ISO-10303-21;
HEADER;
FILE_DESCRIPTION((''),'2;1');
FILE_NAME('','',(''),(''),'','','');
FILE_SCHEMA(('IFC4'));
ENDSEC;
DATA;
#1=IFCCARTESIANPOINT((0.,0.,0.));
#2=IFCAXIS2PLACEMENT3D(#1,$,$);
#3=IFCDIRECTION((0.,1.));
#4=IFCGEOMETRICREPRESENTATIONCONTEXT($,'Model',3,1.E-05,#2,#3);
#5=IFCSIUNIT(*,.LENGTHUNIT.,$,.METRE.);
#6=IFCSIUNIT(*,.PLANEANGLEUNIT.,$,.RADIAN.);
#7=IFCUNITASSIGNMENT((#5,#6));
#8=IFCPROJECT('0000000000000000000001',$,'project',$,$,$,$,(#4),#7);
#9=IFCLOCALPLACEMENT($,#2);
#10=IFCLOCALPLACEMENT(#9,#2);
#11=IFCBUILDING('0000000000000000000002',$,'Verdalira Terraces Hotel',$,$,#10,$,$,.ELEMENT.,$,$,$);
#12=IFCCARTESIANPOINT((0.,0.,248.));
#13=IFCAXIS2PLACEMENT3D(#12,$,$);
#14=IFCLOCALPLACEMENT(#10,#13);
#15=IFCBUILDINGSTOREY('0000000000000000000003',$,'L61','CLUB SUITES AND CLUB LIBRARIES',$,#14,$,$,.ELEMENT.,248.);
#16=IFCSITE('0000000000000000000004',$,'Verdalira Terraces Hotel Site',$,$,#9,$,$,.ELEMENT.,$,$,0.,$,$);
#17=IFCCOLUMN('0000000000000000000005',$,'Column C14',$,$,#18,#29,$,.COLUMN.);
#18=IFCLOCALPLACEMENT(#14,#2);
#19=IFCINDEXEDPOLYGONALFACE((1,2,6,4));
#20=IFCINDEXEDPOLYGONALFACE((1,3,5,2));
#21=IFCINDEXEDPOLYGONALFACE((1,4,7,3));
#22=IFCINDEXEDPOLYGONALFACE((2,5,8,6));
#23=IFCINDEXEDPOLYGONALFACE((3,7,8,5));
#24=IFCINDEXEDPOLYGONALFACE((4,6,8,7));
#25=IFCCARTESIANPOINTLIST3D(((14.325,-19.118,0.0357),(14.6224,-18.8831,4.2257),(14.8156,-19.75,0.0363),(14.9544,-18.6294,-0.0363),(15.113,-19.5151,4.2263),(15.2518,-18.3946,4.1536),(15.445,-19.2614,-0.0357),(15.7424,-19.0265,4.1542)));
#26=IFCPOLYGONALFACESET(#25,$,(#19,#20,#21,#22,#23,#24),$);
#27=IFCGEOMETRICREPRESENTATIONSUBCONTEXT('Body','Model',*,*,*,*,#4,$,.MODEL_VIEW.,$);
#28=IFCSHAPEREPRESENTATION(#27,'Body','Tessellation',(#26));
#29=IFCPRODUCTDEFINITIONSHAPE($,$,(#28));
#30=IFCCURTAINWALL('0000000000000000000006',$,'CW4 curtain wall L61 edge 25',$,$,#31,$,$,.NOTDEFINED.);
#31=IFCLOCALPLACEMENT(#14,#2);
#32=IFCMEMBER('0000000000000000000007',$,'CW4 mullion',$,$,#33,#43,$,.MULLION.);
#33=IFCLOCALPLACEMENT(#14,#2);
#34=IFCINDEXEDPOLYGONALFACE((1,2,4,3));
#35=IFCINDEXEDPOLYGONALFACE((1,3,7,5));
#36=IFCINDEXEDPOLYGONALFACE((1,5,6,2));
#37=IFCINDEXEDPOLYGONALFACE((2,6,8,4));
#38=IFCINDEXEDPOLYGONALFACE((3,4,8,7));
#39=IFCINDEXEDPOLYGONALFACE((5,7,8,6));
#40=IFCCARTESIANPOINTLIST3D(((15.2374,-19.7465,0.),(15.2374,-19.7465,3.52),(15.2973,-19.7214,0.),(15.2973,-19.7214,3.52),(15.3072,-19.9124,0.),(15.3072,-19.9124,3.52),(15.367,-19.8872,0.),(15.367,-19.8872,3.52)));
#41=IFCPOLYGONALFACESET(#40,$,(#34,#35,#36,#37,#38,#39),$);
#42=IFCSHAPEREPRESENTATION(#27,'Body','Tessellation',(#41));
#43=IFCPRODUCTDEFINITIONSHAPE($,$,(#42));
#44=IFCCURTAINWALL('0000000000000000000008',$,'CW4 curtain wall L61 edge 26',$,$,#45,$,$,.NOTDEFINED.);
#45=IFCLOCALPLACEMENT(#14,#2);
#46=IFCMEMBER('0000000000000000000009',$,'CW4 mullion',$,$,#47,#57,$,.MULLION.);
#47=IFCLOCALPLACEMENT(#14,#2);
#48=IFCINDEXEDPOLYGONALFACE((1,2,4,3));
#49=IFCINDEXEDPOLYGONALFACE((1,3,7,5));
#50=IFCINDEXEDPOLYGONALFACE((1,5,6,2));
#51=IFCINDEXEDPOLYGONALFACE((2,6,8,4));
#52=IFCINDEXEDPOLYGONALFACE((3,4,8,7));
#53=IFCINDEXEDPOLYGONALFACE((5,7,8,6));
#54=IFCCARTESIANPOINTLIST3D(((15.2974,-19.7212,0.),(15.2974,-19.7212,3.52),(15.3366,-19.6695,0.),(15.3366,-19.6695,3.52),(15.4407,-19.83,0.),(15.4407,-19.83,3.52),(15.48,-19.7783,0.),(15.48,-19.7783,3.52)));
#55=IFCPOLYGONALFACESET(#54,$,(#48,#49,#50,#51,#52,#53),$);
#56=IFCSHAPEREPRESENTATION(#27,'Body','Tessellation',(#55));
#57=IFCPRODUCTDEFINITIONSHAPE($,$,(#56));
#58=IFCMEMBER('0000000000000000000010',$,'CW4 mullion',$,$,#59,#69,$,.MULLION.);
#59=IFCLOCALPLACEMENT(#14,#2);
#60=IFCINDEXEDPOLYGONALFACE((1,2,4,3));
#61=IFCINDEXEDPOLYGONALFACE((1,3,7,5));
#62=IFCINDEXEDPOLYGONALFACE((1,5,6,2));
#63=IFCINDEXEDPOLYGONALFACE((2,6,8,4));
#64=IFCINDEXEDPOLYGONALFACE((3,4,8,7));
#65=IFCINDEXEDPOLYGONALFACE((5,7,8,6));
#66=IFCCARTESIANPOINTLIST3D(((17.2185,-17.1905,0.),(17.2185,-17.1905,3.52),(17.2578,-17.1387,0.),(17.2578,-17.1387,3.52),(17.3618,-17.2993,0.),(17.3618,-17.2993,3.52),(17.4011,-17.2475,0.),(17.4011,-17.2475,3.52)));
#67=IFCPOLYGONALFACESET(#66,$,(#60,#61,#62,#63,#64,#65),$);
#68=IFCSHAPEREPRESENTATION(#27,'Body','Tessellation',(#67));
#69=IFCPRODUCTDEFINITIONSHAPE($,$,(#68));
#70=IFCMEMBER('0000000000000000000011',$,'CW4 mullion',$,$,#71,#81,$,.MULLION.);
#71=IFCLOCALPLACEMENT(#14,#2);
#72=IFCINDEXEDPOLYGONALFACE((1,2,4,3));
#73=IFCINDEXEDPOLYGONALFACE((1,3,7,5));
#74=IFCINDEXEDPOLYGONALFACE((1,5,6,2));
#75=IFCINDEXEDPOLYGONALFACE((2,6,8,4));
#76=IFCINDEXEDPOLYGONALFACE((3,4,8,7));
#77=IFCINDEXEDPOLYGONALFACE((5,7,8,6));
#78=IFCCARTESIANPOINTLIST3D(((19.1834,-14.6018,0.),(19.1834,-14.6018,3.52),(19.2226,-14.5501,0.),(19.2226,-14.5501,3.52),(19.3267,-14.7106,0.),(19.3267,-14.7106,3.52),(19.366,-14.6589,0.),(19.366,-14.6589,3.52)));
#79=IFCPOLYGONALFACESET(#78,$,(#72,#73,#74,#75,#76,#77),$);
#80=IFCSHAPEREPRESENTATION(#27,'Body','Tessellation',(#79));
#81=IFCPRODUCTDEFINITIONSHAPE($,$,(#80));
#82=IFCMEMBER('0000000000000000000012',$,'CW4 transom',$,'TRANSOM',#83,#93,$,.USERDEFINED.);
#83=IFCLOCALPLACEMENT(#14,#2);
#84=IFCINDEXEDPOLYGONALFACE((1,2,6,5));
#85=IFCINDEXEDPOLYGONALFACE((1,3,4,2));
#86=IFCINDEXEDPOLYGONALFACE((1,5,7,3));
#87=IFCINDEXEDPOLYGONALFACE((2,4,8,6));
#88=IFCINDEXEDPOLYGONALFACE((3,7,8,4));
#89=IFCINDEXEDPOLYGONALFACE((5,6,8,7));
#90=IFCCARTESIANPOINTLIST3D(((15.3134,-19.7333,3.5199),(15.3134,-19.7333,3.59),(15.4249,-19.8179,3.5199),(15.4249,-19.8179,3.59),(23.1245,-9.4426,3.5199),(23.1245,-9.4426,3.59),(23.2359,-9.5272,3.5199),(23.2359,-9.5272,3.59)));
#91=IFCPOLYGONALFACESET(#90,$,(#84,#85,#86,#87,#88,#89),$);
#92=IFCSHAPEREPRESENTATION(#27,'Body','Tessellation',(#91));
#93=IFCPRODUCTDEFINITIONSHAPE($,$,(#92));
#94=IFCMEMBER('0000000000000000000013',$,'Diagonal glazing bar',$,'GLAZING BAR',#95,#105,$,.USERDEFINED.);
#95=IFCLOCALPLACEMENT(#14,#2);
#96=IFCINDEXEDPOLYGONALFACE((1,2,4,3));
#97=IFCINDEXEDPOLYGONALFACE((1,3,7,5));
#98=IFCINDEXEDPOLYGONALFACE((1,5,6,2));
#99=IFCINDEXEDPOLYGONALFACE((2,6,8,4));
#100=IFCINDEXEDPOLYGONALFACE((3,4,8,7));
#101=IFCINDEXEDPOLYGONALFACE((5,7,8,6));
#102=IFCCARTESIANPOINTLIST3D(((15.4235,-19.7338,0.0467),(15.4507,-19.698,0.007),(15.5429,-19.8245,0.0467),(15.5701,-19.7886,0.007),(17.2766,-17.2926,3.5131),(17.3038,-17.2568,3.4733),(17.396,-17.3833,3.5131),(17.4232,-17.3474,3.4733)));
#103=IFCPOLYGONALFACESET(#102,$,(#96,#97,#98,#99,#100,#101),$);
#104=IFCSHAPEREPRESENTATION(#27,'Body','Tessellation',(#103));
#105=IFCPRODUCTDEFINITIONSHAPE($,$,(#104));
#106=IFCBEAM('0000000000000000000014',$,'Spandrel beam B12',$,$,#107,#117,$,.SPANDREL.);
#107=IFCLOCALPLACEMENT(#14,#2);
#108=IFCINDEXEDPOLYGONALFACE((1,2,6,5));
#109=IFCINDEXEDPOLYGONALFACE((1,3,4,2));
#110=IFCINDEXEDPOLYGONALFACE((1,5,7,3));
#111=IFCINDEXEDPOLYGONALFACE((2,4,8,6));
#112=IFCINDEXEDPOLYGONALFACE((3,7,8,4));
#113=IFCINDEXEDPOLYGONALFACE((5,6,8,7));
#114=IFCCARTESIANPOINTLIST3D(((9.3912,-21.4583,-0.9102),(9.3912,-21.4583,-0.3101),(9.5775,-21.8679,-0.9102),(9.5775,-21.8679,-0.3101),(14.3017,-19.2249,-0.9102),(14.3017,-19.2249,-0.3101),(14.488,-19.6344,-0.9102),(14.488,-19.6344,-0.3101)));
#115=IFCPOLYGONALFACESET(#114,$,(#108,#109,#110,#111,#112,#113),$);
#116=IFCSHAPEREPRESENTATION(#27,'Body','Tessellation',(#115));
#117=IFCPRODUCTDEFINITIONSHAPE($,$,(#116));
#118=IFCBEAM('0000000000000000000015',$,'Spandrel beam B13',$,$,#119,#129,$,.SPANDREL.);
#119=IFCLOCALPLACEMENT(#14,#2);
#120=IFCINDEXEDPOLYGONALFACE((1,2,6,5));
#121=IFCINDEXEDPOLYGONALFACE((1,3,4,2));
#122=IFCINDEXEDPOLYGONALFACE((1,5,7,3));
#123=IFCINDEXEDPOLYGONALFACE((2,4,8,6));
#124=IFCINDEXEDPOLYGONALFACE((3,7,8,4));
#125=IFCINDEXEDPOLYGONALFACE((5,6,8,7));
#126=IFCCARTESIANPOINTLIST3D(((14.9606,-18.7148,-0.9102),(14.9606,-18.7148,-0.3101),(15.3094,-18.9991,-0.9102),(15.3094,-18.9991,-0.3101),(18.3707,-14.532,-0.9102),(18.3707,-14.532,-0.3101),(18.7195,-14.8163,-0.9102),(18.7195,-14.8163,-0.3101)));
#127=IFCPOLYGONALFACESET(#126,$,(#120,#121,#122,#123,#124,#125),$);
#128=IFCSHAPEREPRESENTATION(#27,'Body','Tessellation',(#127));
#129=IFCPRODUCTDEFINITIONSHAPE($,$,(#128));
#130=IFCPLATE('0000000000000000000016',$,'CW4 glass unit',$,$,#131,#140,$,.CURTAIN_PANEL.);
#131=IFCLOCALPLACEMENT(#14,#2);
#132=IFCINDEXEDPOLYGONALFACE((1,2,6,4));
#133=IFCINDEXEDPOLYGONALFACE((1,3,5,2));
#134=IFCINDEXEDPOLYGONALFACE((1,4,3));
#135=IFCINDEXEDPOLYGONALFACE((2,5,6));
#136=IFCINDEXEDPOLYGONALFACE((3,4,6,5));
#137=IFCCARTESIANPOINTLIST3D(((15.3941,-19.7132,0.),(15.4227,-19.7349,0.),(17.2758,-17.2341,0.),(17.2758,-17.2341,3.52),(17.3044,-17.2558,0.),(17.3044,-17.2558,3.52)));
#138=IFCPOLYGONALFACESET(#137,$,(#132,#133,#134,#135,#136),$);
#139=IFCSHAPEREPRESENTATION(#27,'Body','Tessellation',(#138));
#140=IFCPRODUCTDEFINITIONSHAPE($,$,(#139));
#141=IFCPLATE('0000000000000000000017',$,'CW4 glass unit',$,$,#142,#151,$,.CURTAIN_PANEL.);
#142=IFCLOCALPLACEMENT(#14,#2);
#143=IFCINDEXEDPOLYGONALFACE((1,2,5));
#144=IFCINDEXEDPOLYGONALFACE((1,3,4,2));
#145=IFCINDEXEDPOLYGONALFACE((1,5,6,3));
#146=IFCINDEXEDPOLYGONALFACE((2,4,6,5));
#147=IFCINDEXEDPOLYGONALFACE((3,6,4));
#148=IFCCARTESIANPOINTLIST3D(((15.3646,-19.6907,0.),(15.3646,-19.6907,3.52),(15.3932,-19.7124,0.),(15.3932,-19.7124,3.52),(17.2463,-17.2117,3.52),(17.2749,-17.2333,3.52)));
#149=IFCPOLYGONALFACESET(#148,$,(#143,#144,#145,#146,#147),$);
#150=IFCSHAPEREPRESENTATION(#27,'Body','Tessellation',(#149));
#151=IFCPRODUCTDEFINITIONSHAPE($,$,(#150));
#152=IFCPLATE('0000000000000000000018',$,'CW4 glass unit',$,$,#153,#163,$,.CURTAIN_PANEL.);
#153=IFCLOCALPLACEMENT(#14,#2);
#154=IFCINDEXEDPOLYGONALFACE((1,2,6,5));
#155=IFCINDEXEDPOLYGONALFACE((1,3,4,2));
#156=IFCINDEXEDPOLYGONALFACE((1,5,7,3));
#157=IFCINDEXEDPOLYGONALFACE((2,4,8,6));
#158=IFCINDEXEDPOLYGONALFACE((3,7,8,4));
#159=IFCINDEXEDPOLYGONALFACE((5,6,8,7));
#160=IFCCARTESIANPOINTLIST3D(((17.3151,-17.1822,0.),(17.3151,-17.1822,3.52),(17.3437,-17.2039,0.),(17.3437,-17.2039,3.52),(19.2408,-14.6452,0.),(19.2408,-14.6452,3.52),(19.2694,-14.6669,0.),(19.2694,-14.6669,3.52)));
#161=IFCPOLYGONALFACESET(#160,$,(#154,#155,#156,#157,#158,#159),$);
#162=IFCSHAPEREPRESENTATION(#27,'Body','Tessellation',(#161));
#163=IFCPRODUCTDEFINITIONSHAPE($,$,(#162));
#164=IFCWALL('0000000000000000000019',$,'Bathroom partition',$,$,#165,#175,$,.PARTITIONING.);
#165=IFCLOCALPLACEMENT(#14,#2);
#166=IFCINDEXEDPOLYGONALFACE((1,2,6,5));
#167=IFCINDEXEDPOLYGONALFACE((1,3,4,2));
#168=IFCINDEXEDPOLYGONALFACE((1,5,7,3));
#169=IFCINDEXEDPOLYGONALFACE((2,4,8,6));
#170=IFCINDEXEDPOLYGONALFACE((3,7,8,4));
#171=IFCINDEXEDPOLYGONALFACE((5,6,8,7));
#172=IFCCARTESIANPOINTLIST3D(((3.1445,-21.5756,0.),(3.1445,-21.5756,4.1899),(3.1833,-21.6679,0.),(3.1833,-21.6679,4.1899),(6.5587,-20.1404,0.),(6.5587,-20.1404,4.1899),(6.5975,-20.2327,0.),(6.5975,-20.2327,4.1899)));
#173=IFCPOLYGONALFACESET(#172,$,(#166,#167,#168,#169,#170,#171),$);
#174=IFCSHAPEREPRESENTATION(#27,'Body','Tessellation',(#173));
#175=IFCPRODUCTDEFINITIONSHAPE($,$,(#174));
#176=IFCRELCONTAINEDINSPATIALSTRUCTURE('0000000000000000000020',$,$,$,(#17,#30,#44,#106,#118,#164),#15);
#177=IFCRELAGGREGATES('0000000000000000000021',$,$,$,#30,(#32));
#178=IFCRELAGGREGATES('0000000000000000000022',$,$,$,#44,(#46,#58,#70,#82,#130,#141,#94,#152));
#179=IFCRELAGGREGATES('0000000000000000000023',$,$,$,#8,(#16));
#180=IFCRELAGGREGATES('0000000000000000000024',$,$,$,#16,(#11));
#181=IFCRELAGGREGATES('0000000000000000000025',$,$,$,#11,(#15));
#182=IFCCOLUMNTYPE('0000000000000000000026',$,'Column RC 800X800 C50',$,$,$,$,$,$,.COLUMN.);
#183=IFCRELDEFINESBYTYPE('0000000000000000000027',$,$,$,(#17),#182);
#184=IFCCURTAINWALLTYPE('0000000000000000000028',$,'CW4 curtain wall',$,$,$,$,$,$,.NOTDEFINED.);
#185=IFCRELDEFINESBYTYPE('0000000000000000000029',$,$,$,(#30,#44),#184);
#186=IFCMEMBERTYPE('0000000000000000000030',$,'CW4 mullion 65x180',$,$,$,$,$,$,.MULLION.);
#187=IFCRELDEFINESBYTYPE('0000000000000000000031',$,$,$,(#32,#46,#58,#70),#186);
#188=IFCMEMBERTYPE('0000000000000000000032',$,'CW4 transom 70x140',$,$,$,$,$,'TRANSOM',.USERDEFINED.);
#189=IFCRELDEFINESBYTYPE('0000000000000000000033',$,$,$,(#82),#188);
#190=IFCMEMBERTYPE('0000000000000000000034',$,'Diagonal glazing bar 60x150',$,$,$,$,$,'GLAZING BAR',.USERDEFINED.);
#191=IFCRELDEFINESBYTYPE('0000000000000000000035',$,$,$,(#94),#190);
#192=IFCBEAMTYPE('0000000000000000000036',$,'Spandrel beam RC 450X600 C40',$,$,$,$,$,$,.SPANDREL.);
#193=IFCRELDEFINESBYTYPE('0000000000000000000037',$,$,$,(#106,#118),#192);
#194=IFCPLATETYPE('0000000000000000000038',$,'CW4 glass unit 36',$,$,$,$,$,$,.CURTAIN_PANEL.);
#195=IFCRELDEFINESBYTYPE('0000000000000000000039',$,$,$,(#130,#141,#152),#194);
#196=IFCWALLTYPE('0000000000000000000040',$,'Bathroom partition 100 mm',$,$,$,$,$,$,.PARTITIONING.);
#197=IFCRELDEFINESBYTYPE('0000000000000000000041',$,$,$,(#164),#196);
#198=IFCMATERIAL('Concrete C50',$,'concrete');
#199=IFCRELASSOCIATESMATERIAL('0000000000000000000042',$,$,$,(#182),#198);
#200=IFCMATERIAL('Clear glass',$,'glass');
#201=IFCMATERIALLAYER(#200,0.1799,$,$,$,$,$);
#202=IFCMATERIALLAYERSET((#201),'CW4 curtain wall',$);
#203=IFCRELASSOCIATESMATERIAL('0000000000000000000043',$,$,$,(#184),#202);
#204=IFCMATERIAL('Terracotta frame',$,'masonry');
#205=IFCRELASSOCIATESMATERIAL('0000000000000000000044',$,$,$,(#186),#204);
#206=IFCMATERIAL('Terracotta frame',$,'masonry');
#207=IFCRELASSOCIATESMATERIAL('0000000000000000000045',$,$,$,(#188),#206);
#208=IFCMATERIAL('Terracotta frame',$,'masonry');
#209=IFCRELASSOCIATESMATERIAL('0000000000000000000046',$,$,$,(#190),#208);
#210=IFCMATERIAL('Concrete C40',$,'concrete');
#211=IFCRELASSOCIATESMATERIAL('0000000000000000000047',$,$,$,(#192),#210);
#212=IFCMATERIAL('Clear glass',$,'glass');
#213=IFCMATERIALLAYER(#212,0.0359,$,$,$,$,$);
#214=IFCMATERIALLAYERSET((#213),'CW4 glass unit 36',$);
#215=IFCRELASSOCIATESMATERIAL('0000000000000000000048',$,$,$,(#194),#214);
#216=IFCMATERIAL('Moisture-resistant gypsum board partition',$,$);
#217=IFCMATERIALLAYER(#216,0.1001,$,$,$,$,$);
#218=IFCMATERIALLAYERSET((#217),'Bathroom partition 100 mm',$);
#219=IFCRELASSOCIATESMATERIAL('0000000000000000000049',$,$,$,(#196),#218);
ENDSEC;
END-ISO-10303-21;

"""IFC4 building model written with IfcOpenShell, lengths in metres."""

from ifc_helpers import new_model, si_unit, direction, frame, frame_2d, origin, origin_2d, place, context, subcontext, project, spatial, polyline, rectangle, outline, extrude, material, layer, layer_set, material_profile, profile_set, type_object, element, aggregate, save


model = new_model("IFC4")

# Units and contexts
model_context = context("Model", 3, precision=1e-05, world=origin(), true_north=direction((0.0, 1.0)))
body_context = subcontext(model_context, "Body", "Model", "MODEL_VIEW")
ifc_project = project(units=[si_unit("LENGTHUNIT", "METRE"), si_unit("PLANEANGLEUNIT", "RADIAN")], contexts=[model_context])

# Site, building, storey
site_placement = place(None, origin())
site = spatial("IfcSite", under=ifc_project, at=site_placement, Name="Verdalira Terraces Hotel Site", CompositionType="ELEMENT", RefElevation=0.0)
building_placement = place(site_placement, origin())
building = spatial("IfcBuilding", under=site, at=building_placement, Name="Verdalira Terraces Hotel", CompositionType="ELEMENT")
storey_placement = place(building_placement, frame((0.0, 0.0, 248.0)))
storey = spatial("IfcBuildingStorey", under=building, at=storey_placement, Name="L61", Description="CLUB SUITES AND CLUB LIBRARIES", CompositionType="ELEMENT", Elevation=248.0)

# Column
ifc_material_1 = material(Name="Concrete C50", Category="concrete")
ifc_material_profile_1 = material_profile(ifc_material_1, rectangle(XDim=0.8, YDim=0.8, at=origin_2d()), Name="RC 800X800")
ifc_profile_set_1 = profile_set([ifc_material_profile_1], Name="Concrete C50")
column_type = type_object("IfcColumnType", Name="Column RC 800X800 C50", PredefinedType="COLUMN", material=ifc_profile_set_1)
column_placement = place(storey_placement, frame((14.885, -19.1897, 0.0), z_axis=(0.070682, 0.055826, 0.995935), x_axis=(-0.786748, -0.610669, 0.090067)))
element("IfcColumn", 1, at=column_placement, inside=storey, type_object=column_type, Name="Column C14", PredefinedType="COLUMN", context=body_context, shape_type="SweptSolid", body=[
    extrude(rectangle(XDim=0.8, YDim=0.8, at=origin_2d()), origin(), (0.0, 0.0, 1.0), 4.207),
])

# Curtain wall, member
ifc_material_2 = material(Name="Clear glass", Category="glass")
ifc_layer_1 = layer(ifc_material_2, 0.1799)
ifc_layer_set_1 = layer_set([ifc_layer_1], Name="CW4 curtain wall")
curtain_wall_type = type_object("IfcCurtainWallType", Name="CW4 curtain wall", PredefinedType="NOTDEFINED", material=ifc_layer_set_1)
curtain_wall_1_placement = place(storey_placement, origin())
curtain_wall_1 = element("IfcCurtainWall", 2, at=curtain_wall_1_placement, inside=storey, type_object=curtain_wall_type, Name="CW4 curtain wall L61 edge 25", PredefinedType="NOTDEFINED")
ifc_material_3 = material(Name="Terracotta frame", Category="masonry")
ifc_material_profile_2 = material_profile(ifc_material_3, rectangle(XDim=0.0649, YDim=0.1799, at=origin_2d()), Name="MU 65x180")
ifc_profile_set_2 = profile_set([ifc_material_profile_2], Name="Terracotta frame")
member_type_1 = type_object("IfcMemberType", Name="CW4 mullion 65x180", PredefinedType="MULLION", material=ifc_profile_set_2)
member_1_placement = place(storey_placement, frame((15.3022, -19.8169, 0.0), z_axis=(0.0, 0.0, 1.0), x_axis=(0.921863, 0.387516, 0.0)))
member_1 = element("IfcMember", 3, at=member_1_placement, type_object=member_type_1, Name="CW4 mullion", PredefinedType="MULLION", context=body_context, shape_type="SweptSolid", body=[
    extrude(rectangle(XDim=0.0649, YDim=0.1799, at=origin_2d()), origin(), (0.0, 0.0, 1.0), 3.52),
])
aggregate(curtain_wall_1, [member_1])

# Curtain wall, members
curtain_wall_2_placement = place(storey_placement, origin())
curtain_wall_2 = element("IfcCurtainWall", 4, at=curtain_wall_2_placement, inside=storey, type_object=curtain_wall_type, Name="CW4 curtain wall L61 edge 26", PredefinedType="NOTDEFINED")
member_2_placement = place(storey_placement, frame((15.3887, -19.7498, 0.0), z_axis=(0.0, 0.0, 1.0), x_axis=(0.604599, 0.79653, 0.0)))
member_2 = element("IfcMember", 5, at=member_2_placement, type_object=member_type_1, Name="CW4 mullion", PredefinedType="MULLION", context=body_context, shape_type="SweptSolid", body=[
    extrude(rectangle(XDim=0.0649, YDim=0.1799, at=origin_2d()), origin(), (0.0, 0.0, 1.0), 3.52),
])
member_3_placement = place(storey_placement, frame((17.3098, -17.219, 0.0), z_axis=(0.0, 0.0, 1.0), x_axis=(0.604599, 0.79653, 0.0)))
member_3 = element("IfcMember", 6, at=member_3_placement, type_object=member_type_1, Name="CW4 mullion", PredefinedType="MULLION", context=body_context, shape_type="SweptSolid", body=[
    extrude(rectangle(XDim=0.0649, YDim=0.1799, at=origin_2d()), origin(), (0.0, 0.0, 1.0), 3.52),
])
member_4_placement = place(storey_placement, frame((19.2747, -14.6304, 0.0), z_axis=(0.0, 0.0, 1.0), x_axis=(0.604599, 0.79653, 0.0)))
member_4 = element("IfcMember", 7, at=member_4_placement, type_object=member_type_1, Name="CW4 mullion", PredefinedType="MULLION", context=body_context, shape_type="SweptSolid", body=[
    extrude(rectangle(XDim=0.0649, YDim=0.1799, at=origin_2d()), origin(), (0.0, 0.0, 1.0), 3.52),
])
ifc_material_4 = material(Name="Terracotta frame", Category="masonry")
ifc_material_profile_3 = material_profile(ifc_material_4, rectangle(XDim=0.1399, YDim=0.0701, at=origin_2d()), Name="TR 70x140")
ifc_profile_set_3 = profile_set([ifc_material_profile_3], Name="Terracotta frame")
member_type_2 = type_object("IfcMemberType", Name="CW4 transom 70x140", ElementType="TRANSOM", PredefinedType="USERDEFINED", material=ifc_profile_set_3)
member_5_placement = place(storey_placement, frame((15.3691, -19.7756, 3.5549), z_axis=(0.604595, 0.796533, 0.0), x_axis=(-0.796533, 0.604595, 0.0)))
member_5 = element("IfcMember", 8, at=member_5_placement, type_object=member_type_2, Name="CW4 transom", ObjectType="TRANSOM", PredefinedType="USERDEFINED", context=body_context, shape_type="SweptSolid", body=[
    extrude(rectangle(XDim=0.1399, YDim=0.0701, at=origin_2d()), origin(), (0.0, 0.0, 1.0), 12.9194),
])
ifc_material_5 = material(Name="Terracotta frame", Category="masonry")
ifc_material_profile_4 = material_profile(ifc_material_5, rectangle(XDim=0.1499, YDim=0.0601, at=origin_2d()), Name="GB 60x150")
ifc_profile_set_4 = profile_set([ifc_material_profile_4], Name="Terracotta frame")
member_type_3 = type_object("IfcMemberType", Name="Diagonal glazing bar 60x150", ElementType="GLAZING BAR", PredefinedType="USERDEFINED", material=ifc_profile_set_4)
member_6_placement = place(storey_placement, frame((15.4968, -19.7612, 0.0269), z_axis=(0.400489, 0.527601, 0.749163), x_axis=(-0.796517, 0.604617, 0.0)))
member_6 = element("IfcMember", 9, at=member_6_placement, type_object=member_type_3, Name="Diagonal glazing bar", ObjectType="GLAZING BAR", PredefinedType="USERDEFINED", context=body_context, shape_type="SweptSolid", body=[
    extrude(rectangle(XDim=0.1499, YDim=0.0601, at=origin_2d()), origin(), (0.0, 0.0, 1.0), 4.627),
])

# Beams
ifc_material_6 = material(Name="Concrete C40", Category="concrete")
ifc_material_profile_5 = material_profile(ifc_material_6, rectangle(XDim=0.45, YDim=0.6001, at=origin_2d()), Name="RC 450X600")
ifc_profile_set_5 = profile_set([ifc_material_profile_5], Name="Concrete C40")
beam_type = type_object("IfcBeamType", Name="Spandrel beam RC 450X600 C40", PredefinedType="SPANDREL", material=ifc_profile_set_5)
beam_1_placement = place(storey_placement, frame((9.4844, -21.6631, -0.6101), z_axis=(0.910269, 0.414018, 0.0), x_axis=(-0.414018, 0.910269, 0.0)))
element("IfcBeam", 10, at=beam_1_placement, inside=storey, type_object=beam_type, Name="Spandrel beam B12", PredefinedType="SPANDREL", context=body_context, shape_type="SweptSolid", body=[
    extrude(rectangle(XDim=0.45, YDim=0.6001, at=origin_2d()), origin(), (0.0, 0.0, 1.0), 5.3945),
])
beam_2_placement = place(storey_placement, frame((15.135, -18.8569, -0.6101), z_axis=(0.631884, 0.775063, 0.0), x_axis=(-0.775063, 0.631884, 0.0)))
element("IfcBeam", 11, at=beam_2_placement, inside=storey, type_object=beam_type, Name="Spandrel beam B13", PredefinedType="SPANDREL", context=body_context, shape_type="SweptSolid", body=[
    extrude(rectangle(XDim=0.45, YDim=0.6001, at=origin_2d()), origin(), (0.0, 0.0, 1.0), 5.3967),
])

# Plates
ifc_material_7 = material(Name="Clear glass", Category="glass")
ifc_layer_2 = layer(ifc_material_7, 0.0359)
ifc_layer_set_2 = layer_set([ifc_layer_2], Name="CW4 glass unit 36")
plate_type = type_object("IfcPlateType", Name="CW4 glass unit 36", PredefinedType="CURTAIN_PANEL", material=ifc_layer_set_2)
plate_1_placement = place(storey_placement, frame((16.335, -18.4736, 1.76), z_axis=(0.79653, -0.604599, 0.0), x_axis=(0.604599, 0.79653, 0.0)))
plate_1 = element("IfcPlate", 12, at=plate_1_placement, type_object=plate_type, Name="CW4 glass unit", PredefinedType="CURTAIN_PANEL", context=body_context, shape_type="SweptSolid", body=[
    extrude(outline(polyline([(-1.5562, -1.76), (1.5562, -1.76), (1.5562, 1.76), (-1.5562, -1.76)])), origin(), (0.0, 0.0, 1.0), 0.0359),
])
plate_2_placement = place(storey_placement, frame((16.3054, -18.4512, 1.76), z_axis=(0.79653, -0.604599, 0.0), x_axis=(0.604599, 0.79653, 0.0)))
plate_2 = element("IfcPlate", 13, at=plate_2_placement, type_object=plate_type, Name="CW4 glass unit", PredefinedType="CURTAIN_PANEL", context=body_context, shape_type="SweptSolid", body=[
    extrude(outline(polyline([(-1.5562, -1.76), (1.5562, 1.76), (-1.5562, 1.76), (-1.5562, -1.76)])), origin(), (0.0, 0.0, 1.0), 0.0359),
])
plate_3_placement = place(storey_placement, frame((18.2922, -15.9246, 0.0), z_axis=(0.0, 0.0, 1.0), x_axis=(0.604599, 0.79653, 0.0)))
plate_3 = element("IfcPlate", 14, at=plate_3_placement, type_object=plate_type, Name="CW4 glass unit", PredefinedType="CURTAIN_PANEL", context=body_context, shape_type="SweptSolid", body=[
    extrude(rectangle(XDim=3.1851, YDim=0.0359, at=origin_2d()), origin(), (0.0, 0.0, 1.0), 3.52),
])
aggregate(curtain_wall_2, [member_2, member_3, member_4, member_5, plate_1, plate_2, member_6, plate_3])

# Wall
ifc_material_8 = material(Name="Moisture-resistant gypsum board partition")
ifc_layer_3 = layer(ifc_material_8, 0.1001)
ifc_layer_set_3 = layer_set([ifc_layer_3], Name="Bathroom partition 100 mm")
wall_type_1 = type_object("IfcWallType", Name="Bathroom partition 100 mm", PredefinedType="PARTITIONING", material=ifc_layer_set_3)
wall_1_placement = place(storey_placement, frame((6.5781, -20.1865, 0.0), z_axis=(0.0, 0.0, 1.0), x_axis=(-0.921857, -0.387529, 0.0)))
element("IfcWall", 15, at=wall_1_placement, inside=storey, type_object=wall_type_1, Name="Bathroom partition", PredefinedType="PARTITIONING", context=body_context, shape_type="SweptSolid", body=[
    extrude(rectangle(XDim=3.7036, YDim=0.1001, at=frame_2d((1.8518, 0.0))), origin(), (0.0, 0.0, 1.0), 4.1899),
])

save(model, "model.ifc")
